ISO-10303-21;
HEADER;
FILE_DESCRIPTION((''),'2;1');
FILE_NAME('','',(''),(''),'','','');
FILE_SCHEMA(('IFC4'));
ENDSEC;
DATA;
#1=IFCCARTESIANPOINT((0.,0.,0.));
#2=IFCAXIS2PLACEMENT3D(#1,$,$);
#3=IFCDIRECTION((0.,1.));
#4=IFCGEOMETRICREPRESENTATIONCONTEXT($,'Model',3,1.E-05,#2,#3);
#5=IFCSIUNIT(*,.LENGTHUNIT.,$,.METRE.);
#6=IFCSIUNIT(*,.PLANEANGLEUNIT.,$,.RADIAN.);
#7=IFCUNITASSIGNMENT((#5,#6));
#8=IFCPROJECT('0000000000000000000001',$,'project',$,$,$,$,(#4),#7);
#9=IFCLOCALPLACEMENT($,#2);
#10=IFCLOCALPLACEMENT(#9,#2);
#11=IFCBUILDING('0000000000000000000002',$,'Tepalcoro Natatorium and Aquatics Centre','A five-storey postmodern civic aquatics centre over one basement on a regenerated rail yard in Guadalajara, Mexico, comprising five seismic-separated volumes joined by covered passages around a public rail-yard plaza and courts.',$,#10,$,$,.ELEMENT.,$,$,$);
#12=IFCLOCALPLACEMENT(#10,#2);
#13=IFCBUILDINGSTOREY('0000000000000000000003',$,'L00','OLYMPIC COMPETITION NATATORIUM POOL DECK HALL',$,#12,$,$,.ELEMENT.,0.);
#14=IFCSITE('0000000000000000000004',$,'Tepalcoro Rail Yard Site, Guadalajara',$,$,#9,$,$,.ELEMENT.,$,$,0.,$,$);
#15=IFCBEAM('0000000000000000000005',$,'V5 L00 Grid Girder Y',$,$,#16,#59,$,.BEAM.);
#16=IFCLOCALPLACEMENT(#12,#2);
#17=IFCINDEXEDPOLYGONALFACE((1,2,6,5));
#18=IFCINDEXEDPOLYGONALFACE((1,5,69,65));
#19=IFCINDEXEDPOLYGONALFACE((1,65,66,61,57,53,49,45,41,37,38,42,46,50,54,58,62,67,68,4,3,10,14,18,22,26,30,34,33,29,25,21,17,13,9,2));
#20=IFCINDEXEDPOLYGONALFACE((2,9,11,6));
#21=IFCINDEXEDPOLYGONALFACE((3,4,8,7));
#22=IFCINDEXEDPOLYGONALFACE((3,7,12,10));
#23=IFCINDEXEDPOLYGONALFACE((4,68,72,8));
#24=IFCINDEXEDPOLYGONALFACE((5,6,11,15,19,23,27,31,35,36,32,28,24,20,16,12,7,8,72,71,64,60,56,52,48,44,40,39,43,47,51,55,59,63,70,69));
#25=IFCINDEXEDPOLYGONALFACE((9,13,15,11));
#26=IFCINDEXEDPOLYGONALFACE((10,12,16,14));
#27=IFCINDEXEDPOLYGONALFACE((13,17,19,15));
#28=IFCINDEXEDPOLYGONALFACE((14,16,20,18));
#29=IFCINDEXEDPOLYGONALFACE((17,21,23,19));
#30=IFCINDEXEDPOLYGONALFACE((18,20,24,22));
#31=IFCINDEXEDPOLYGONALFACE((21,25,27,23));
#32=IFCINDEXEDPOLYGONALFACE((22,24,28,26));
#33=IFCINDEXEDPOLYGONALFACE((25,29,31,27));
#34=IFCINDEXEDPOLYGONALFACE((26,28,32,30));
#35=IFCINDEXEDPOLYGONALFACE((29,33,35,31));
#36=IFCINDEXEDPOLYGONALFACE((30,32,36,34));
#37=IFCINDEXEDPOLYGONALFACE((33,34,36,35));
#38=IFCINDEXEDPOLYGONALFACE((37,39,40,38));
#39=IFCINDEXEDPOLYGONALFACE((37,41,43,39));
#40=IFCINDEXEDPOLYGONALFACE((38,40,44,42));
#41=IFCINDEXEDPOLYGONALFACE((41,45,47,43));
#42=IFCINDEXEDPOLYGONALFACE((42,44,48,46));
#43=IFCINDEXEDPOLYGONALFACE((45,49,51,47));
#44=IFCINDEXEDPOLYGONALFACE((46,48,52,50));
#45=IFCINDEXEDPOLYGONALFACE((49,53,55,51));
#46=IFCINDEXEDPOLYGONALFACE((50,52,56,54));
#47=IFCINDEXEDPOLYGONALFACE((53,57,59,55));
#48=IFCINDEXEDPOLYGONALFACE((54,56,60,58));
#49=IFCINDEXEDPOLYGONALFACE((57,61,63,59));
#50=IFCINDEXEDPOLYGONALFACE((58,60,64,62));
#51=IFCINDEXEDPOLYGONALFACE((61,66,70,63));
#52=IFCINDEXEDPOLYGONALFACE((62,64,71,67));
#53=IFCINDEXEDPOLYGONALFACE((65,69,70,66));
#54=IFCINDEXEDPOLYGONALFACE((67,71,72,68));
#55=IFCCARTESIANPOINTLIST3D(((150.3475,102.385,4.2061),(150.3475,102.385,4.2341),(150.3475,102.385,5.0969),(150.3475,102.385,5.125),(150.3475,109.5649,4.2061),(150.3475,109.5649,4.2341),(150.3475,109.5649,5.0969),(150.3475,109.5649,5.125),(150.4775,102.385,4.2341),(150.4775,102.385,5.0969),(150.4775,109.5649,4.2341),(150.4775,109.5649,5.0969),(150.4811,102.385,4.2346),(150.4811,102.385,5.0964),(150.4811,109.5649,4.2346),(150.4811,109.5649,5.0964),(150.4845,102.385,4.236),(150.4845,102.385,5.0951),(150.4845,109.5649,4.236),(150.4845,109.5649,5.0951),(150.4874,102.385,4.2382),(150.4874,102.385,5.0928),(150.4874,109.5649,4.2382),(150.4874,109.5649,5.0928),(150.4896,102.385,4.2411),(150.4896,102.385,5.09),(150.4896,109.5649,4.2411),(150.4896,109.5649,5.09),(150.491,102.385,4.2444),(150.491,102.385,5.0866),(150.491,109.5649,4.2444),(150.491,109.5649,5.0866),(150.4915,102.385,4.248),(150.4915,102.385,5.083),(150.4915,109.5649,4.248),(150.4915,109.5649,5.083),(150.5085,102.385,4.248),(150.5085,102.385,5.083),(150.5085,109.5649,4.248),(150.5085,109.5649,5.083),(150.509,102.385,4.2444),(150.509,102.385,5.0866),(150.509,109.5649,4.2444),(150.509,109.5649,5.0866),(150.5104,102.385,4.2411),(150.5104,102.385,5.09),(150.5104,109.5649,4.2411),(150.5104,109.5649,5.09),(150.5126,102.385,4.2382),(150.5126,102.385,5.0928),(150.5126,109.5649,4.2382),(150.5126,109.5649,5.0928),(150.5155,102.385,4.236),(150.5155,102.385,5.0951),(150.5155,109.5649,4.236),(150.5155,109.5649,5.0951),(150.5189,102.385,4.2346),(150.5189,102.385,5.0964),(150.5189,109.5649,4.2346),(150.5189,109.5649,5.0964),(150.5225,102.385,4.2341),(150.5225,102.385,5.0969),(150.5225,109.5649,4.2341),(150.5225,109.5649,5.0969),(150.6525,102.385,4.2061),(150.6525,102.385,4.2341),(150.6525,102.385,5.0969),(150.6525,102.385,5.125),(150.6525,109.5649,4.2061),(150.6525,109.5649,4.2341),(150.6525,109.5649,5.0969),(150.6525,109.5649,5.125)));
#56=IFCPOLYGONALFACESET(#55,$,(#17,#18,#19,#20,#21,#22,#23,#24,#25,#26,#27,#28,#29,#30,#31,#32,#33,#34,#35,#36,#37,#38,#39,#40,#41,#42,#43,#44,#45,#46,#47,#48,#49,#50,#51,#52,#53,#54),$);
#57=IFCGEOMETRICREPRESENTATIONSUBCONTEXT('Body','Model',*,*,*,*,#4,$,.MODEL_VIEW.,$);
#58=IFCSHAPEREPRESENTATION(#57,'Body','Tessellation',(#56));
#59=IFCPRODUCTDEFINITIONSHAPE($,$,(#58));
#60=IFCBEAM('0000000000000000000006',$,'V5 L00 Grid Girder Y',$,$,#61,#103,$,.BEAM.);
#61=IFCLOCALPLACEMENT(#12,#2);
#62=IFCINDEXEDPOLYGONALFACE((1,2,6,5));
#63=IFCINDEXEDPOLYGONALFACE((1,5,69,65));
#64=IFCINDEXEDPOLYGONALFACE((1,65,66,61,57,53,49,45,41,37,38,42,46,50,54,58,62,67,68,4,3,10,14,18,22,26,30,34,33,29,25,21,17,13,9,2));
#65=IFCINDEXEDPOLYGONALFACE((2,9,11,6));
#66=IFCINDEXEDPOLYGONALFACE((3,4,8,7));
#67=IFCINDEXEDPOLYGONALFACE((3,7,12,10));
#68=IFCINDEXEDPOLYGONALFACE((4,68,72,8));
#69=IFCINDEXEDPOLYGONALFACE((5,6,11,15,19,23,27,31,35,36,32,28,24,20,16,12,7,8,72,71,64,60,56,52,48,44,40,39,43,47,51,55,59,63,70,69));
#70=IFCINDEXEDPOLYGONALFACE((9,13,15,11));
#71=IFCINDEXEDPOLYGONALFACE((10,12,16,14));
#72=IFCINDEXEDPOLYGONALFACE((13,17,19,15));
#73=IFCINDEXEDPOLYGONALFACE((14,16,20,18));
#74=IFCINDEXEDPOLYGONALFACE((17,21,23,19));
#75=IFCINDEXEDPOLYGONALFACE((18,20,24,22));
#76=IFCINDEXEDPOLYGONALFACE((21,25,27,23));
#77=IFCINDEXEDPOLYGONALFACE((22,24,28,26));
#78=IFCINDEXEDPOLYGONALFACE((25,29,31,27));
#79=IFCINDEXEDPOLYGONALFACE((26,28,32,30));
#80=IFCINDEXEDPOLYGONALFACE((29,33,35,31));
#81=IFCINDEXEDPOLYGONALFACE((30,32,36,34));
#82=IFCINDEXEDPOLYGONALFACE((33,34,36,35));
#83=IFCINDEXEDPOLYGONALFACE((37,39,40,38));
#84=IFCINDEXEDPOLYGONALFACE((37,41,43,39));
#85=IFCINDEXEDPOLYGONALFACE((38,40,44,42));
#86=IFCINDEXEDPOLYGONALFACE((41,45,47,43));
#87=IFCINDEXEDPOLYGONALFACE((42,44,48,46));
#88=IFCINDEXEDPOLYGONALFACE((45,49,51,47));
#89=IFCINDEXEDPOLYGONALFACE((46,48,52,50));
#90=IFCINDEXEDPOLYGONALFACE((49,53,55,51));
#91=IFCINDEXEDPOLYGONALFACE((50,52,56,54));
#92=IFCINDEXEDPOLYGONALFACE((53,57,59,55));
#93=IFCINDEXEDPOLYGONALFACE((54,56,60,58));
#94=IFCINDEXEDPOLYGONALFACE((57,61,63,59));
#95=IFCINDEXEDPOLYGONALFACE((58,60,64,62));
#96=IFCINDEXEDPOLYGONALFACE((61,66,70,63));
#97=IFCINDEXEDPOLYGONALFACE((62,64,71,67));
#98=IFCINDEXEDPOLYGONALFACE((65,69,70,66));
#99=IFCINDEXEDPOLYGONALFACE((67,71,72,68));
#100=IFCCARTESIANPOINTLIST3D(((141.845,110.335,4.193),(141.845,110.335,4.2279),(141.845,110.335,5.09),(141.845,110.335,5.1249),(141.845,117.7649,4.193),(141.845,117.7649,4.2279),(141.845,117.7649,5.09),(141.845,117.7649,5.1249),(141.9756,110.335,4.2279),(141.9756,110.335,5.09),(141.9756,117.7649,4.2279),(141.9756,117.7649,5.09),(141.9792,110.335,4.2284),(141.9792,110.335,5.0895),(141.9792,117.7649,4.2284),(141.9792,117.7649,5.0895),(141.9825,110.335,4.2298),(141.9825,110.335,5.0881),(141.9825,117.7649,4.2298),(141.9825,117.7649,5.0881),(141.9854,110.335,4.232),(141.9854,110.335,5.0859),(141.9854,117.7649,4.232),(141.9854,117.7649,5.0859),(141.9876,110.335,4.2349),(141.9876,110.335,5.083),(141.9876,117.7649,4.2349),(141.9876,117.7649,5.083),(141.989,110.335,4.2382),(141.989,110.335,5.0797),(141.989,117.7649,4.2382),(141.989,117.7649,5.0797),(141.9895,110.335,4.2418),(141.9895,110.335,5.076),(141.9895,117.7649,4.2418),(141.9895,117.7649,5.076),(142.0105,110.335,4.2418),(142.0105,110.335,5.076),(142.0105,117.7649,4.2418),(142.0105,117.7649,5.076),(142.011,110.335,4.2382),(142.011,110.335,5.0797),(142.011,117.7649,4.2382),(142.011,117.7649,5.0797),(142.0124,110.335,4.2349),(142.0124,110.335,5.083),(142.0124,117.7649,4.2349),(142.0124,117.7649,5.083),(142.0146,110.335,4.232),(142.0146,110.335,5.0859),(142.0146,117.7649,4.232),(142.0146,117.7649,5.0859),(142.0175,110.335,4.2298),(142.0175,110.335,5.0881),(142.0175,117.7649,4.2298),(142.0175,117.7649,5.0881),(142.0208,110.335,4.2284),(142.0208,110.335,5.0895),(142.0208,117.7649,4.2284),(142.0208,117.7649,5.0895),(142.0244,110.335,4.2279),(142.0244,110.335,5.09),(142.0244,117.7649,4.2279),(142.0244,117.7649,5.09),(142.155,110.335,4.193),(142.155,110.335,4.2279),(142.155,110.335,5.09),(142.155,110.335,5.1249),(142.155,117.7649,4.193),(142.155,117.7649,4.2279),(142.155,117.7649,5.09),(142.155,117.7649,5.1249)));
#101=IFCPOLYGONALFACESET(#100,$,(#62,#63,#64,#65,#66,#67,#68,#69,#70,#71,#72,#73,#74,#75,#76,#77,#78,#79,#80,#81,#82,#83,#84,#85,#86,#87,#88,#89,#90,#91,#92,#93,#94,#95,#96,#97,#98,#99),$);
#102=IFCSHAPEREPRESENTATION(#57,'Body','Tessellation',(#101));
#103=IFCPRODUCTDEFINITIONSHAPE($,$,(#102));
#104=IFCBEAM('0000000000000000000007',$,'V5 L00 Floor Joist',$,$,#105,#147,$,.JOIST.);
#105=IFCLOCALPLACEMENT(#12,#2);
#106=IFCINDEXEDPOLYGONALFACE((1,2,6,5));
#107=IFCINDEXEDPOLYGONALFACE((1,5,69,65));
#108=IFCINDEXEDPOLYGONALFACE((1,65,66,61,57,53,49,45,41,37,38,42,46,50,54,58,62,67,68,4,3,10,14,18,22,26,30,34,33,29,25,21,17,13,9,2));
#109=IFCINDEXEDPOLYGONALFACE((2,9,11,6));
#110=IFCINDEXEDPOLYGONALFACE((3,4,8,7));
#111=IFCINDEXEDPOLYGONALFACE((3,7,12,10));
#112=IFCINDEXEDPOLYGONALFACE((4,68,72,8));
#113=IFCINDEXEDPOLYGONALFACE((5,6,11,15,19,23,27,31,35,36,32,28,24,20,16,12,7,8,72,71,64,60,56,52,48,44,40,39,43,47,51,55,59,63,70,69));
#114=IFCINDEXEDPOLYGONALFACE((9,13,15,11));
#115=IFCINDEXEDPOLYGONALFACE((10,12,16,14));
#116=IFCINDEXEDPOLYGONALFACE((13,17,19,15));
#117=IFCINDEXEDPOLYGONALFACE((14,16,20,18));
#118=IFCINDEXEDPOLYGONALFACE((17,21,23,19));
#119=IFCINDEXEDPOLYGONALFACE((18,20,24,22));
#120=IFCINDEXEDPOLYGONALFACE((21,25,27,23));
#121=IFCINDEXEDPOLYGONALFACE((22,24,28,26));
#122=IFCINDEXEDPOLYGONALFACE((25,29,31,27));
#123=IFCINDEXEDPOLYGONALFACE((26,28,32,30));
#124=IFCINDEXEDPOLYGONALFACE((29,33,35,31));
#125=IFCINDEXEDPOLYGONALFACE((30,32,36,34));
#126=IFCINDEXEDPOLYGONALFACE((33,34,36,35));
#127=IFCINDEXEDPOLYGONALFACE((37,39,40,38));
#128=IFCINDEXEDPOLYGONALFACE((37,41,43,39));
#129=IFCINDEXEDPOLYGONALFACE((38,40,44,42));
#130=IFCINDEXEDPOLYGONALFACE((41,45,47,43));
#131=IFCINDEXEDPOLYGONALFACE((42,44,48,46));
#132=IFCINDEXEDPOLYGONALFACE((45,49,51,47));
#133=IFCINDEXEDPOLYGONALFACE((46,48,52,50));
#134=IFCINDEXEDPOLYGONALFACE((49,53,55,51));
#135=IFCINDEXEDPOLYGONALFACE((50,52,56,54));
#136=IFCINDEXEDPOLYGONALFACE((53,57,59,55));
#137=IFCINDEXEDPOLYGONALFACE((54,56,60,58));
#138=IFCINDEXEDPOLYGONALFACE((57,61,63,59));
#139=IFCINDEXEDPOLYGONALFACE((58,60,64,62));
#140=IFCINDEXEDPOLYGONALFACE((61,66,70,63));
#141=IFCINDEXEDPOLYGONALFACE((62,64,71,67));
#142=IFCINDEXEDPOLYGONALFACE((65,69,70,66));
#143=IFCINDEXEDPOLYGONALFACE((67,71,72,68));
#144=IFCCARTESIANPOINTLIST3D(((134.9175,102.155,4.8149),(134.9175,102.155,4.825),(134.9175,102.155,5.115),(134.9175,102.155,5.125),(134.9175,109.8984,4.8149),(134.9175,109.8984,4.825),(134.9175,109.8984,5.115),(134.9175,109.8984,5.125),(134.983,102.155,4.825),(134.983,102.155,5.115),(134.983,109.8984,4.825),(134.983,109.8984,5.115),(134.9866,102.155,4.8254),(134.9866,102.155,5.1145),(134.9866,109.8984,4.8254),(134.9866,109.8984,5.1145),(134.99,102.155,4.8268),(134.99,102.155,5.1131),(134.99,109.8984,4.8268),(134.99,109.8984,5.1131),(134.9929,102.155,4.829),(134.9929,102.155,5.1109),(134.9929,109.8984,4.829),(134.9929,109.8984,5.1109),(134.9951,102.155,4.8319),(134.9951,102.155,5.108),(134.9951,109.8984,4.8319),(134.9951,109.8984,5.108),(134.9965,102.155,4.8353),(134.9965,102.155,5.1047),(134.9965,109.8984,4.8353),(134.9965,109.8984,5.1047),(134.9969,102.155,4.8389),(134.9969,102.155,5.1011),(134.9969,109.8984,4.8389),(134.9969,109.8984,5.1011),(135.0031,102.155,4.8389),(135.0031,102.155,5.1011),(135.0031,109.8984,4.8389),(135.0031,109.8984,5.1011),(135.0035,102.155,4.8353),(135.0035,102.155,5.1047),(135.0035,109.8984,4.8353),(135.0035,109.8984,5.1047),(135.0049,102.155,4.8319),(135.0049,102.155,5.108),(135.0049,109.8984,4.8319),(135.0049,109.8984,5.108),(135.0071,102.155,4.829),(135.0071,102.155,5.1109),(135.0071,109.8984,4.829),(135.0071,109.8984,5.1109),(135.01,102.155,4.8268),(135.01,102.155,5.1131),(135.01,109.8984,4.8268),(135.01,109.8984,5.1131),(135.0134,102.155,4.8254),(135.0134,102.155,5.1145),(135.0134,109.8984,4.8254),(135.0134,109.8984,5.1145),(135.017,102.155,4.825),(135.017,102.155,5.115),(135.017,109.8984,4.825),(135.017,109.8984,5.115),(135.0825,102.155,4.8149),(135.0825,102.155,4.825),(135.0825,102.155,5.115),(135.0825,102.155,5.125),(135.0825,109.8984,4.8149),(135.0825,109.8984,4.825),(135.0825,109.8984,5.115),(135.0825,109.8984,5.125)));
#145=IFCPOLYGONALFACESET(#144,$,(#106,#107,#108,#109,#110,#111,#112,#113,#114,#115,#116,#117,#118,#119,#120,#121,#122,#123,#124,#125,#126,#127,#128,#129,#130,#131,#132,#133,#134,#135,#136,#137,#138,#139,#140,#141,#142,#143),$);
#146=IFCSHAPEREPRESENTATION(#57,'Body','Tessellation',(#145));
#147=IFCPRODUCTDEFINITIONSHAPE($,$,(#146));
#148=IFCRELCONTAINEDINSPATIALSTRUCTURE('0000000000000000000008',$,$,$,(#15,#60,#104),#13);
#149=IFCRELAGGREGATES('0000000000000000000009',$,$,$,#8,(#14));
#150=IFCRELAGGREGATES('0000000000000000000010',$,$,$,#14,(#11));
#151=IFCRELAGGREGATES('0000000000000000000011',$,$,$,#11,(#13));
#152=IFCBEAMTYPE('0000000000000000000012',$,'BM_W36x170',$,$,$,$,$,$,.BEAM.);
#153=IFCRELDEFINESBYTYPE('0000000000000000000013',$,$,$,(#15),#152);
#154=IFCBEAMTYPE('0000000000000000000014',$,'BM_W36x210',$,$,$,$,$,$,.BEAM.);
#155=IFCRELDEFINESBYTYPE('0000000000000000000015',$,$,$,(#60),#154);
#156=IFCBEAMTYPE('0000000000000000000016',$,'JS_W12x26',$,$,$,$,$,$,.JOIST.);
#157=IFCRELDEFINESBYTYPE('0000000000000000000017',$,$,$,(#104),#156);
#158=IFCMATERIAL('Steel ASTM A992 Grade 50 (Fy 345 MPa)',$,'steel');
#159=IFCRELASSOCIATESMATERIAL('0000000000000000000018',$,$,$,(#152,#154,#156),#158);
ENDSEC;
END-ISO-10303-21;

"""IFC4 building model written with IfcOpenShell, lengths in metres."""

from ifc_helpers import new_model, si_unit, direction, frame, origin, origin_2d, place, context, subcontext, project, spatial, i_section, extrude, material, material_profile, profile_set, type_object, element, save


model = new_model("IFC4")

# Units and contexts
model_context = context("Model", 3, precision=1e-05, world=origin(), true_north=direction((0.0, 1.0)))
body_context = subcontext(model_context, "Body", "Model", "MODEL_VIEW")
ifc_project = project(units=[si_unit("LENGTHUNIT", "METRE"), si_unit("PLANEANGLEUNIT", "RADIAN")], contexts=[model_context])

# Site, building, storey
site_placement = place(None, origin())
site = spatial("IfcSite", under=ifc_project, at=site_placement, Name="Tepalcoro Rail Yard Site, Guadalajara", CompositionType="ELEMENT", RefElevation=0.0)
building_placement = place(site_placement, origin())
building = spatial("IfcBuilding", under=site, at=building_placement, Name="Tepalcoro Natatorium and Aquatics Centre", Description="A five-storey postmodern civic aquatics centre over one basement on a regenerated rail yard in Guadalajara, Mexico, comprising five seismic-separated volumes joined by covered passages around a public rail-yard plaza and courts.", CompositionType="ELEMENT")
storey_placement = place(building_placement, origin())
storey = spatial("IfcBuildingStorey", under=building, at=storey_placement, Name="L00", Description="OLYMPIC COMPETITION NATATORIUM POOL DECK HALL", CompositionType="ELEMENT", Elevation=0.0)

# Beams
ifc_material_1 = material(Name="Steel ASTM A992 Grade 50 (Fy 345 MPa)", Category="steel")
ifc_material_profile_1 = material_profile(ifc_material_1, i_section(OverallWidth=0.3049, OverallDepth=0.9189, WebThickness=0.0171, FlangeThickness=0.0281, FilletRadius=0.0139, at=origin_2d()), Name="W36X170")
ifc_profile_set_1 = profile_set([ifc_material_profile_1], Name="Steel ASTM A992 Grade 50 (Fy 345 MPa)")
beam_type_1 = type_object("IfcBeamType", Name="BM_W36x170", PredefinedType="BEAM", material=ifc_profile_set_1)
beam_1_placement = place(storey_placement, frame((150.5, 102.385, 4.6655), z_axis=(0.0, 1.0, 0.0), x_axis=(-1.0, 0.0, 0.0)))
element("IfcBeam", 1, at=beam_1_placement, inside=storey, type_object=beam_type_1, Name="V5 L00 Grid Girder Y", PredefinedType="BEAM", context=body_context, shape_type="SweptSolid", body=[
    extrude(i_section(OverallWidth=0.3049, OverallDepth=0.9189, WebThickness=0.0171, FlangeThickness=0.0281, FilletRadius=0.0139, at=origin_2d()), origin(), (0.0, 0.0, 1.0), 7.1799),
])
ifc_material_profile_2 = material_profile(ifc_material_1, i_section(OverallWidth=0.3101, OverallDepth=0.9319, WebThickness=0.021, FlangeThickness=0.0349, FilletRadius=0.0139, at=origin_2d()), Name="W36X210")
ifc_profile_set_2 = profile_set([ifc_material_profile_2], Name="Steel ASTM A992 Grade 50 (Fy 345 MPa)")
beam_type_2 = type_object("IfcBeamType", Name="BM_W36x210", PredefinedType="BEAM", material=ifc_profile_set_2)
beam_2_placement = place(storey_placement, frame((142.0, 110.335, 4.6589), z_axis=(0.0, 1.0, 0.0), x_axis=(-1.0, 0.0, 0.0)))
element("IfcBeam", 2, at=beam_2_placement, inside=storey, type_object=beam_type_2, Name="V5 L00 Grid Girder Y", PredefinedType="BEAM", context=body_context, shape_type="SweptSolid", body=[
    extrude(i_section(OverallWidth=0.3101, OverallDepth=0.9319, WebThickness=0.021, FlangeThickness=0.0349, FilletRadius=0.0139, at=origin_2d()), origin(), (0.0, 0.0, 1.0), 7.4299),
])
ifc_material_profile_3 = material_profile(ifc_material_1, i_section(OverallWidth=0.165, OverallDepth=0.3101, WebThickness=0.0061, FlangeThickness=0.01, FilletRadius=0.0139, at=origin_2d()), Name="W12X26")
ifc_profile_set_3 = profile_set([ifc_material_profile_3], Name="Steel ASTM A992 Grade 50 (Fy 345 MPa)")
beam_type_3 = type_object("IfcBeamType", Name="JS_W12x26", PredefinedType="JOIST", material=ifc_profile_set_3)
beam_3_placement = place(storey_placement, frame((135.0, 102.155, 4.97), z_axis=(0.0, 1.0, 0.0), x_axis=(-1.0, 0.0, 0.0)))
element("IfcBeam", 3, at=beam_3_placement, inside=storey, type_object=beam_type_3, Name="V5 L00 Floor Joist", PredefinedType="JOIST", context=body_context, shape_type="SweptSolid", body=[
    extrude(i_section(OverallWidth=0.165, OverallDepth=0.3101, WebThickness=0.0061, FlangeThickness=0.01, FilletRadius=0.0139, at=origin_2d()), origin(), (0.0, 0.0, 1.0), 7.7434),
])

save(model, "model.ifc")
